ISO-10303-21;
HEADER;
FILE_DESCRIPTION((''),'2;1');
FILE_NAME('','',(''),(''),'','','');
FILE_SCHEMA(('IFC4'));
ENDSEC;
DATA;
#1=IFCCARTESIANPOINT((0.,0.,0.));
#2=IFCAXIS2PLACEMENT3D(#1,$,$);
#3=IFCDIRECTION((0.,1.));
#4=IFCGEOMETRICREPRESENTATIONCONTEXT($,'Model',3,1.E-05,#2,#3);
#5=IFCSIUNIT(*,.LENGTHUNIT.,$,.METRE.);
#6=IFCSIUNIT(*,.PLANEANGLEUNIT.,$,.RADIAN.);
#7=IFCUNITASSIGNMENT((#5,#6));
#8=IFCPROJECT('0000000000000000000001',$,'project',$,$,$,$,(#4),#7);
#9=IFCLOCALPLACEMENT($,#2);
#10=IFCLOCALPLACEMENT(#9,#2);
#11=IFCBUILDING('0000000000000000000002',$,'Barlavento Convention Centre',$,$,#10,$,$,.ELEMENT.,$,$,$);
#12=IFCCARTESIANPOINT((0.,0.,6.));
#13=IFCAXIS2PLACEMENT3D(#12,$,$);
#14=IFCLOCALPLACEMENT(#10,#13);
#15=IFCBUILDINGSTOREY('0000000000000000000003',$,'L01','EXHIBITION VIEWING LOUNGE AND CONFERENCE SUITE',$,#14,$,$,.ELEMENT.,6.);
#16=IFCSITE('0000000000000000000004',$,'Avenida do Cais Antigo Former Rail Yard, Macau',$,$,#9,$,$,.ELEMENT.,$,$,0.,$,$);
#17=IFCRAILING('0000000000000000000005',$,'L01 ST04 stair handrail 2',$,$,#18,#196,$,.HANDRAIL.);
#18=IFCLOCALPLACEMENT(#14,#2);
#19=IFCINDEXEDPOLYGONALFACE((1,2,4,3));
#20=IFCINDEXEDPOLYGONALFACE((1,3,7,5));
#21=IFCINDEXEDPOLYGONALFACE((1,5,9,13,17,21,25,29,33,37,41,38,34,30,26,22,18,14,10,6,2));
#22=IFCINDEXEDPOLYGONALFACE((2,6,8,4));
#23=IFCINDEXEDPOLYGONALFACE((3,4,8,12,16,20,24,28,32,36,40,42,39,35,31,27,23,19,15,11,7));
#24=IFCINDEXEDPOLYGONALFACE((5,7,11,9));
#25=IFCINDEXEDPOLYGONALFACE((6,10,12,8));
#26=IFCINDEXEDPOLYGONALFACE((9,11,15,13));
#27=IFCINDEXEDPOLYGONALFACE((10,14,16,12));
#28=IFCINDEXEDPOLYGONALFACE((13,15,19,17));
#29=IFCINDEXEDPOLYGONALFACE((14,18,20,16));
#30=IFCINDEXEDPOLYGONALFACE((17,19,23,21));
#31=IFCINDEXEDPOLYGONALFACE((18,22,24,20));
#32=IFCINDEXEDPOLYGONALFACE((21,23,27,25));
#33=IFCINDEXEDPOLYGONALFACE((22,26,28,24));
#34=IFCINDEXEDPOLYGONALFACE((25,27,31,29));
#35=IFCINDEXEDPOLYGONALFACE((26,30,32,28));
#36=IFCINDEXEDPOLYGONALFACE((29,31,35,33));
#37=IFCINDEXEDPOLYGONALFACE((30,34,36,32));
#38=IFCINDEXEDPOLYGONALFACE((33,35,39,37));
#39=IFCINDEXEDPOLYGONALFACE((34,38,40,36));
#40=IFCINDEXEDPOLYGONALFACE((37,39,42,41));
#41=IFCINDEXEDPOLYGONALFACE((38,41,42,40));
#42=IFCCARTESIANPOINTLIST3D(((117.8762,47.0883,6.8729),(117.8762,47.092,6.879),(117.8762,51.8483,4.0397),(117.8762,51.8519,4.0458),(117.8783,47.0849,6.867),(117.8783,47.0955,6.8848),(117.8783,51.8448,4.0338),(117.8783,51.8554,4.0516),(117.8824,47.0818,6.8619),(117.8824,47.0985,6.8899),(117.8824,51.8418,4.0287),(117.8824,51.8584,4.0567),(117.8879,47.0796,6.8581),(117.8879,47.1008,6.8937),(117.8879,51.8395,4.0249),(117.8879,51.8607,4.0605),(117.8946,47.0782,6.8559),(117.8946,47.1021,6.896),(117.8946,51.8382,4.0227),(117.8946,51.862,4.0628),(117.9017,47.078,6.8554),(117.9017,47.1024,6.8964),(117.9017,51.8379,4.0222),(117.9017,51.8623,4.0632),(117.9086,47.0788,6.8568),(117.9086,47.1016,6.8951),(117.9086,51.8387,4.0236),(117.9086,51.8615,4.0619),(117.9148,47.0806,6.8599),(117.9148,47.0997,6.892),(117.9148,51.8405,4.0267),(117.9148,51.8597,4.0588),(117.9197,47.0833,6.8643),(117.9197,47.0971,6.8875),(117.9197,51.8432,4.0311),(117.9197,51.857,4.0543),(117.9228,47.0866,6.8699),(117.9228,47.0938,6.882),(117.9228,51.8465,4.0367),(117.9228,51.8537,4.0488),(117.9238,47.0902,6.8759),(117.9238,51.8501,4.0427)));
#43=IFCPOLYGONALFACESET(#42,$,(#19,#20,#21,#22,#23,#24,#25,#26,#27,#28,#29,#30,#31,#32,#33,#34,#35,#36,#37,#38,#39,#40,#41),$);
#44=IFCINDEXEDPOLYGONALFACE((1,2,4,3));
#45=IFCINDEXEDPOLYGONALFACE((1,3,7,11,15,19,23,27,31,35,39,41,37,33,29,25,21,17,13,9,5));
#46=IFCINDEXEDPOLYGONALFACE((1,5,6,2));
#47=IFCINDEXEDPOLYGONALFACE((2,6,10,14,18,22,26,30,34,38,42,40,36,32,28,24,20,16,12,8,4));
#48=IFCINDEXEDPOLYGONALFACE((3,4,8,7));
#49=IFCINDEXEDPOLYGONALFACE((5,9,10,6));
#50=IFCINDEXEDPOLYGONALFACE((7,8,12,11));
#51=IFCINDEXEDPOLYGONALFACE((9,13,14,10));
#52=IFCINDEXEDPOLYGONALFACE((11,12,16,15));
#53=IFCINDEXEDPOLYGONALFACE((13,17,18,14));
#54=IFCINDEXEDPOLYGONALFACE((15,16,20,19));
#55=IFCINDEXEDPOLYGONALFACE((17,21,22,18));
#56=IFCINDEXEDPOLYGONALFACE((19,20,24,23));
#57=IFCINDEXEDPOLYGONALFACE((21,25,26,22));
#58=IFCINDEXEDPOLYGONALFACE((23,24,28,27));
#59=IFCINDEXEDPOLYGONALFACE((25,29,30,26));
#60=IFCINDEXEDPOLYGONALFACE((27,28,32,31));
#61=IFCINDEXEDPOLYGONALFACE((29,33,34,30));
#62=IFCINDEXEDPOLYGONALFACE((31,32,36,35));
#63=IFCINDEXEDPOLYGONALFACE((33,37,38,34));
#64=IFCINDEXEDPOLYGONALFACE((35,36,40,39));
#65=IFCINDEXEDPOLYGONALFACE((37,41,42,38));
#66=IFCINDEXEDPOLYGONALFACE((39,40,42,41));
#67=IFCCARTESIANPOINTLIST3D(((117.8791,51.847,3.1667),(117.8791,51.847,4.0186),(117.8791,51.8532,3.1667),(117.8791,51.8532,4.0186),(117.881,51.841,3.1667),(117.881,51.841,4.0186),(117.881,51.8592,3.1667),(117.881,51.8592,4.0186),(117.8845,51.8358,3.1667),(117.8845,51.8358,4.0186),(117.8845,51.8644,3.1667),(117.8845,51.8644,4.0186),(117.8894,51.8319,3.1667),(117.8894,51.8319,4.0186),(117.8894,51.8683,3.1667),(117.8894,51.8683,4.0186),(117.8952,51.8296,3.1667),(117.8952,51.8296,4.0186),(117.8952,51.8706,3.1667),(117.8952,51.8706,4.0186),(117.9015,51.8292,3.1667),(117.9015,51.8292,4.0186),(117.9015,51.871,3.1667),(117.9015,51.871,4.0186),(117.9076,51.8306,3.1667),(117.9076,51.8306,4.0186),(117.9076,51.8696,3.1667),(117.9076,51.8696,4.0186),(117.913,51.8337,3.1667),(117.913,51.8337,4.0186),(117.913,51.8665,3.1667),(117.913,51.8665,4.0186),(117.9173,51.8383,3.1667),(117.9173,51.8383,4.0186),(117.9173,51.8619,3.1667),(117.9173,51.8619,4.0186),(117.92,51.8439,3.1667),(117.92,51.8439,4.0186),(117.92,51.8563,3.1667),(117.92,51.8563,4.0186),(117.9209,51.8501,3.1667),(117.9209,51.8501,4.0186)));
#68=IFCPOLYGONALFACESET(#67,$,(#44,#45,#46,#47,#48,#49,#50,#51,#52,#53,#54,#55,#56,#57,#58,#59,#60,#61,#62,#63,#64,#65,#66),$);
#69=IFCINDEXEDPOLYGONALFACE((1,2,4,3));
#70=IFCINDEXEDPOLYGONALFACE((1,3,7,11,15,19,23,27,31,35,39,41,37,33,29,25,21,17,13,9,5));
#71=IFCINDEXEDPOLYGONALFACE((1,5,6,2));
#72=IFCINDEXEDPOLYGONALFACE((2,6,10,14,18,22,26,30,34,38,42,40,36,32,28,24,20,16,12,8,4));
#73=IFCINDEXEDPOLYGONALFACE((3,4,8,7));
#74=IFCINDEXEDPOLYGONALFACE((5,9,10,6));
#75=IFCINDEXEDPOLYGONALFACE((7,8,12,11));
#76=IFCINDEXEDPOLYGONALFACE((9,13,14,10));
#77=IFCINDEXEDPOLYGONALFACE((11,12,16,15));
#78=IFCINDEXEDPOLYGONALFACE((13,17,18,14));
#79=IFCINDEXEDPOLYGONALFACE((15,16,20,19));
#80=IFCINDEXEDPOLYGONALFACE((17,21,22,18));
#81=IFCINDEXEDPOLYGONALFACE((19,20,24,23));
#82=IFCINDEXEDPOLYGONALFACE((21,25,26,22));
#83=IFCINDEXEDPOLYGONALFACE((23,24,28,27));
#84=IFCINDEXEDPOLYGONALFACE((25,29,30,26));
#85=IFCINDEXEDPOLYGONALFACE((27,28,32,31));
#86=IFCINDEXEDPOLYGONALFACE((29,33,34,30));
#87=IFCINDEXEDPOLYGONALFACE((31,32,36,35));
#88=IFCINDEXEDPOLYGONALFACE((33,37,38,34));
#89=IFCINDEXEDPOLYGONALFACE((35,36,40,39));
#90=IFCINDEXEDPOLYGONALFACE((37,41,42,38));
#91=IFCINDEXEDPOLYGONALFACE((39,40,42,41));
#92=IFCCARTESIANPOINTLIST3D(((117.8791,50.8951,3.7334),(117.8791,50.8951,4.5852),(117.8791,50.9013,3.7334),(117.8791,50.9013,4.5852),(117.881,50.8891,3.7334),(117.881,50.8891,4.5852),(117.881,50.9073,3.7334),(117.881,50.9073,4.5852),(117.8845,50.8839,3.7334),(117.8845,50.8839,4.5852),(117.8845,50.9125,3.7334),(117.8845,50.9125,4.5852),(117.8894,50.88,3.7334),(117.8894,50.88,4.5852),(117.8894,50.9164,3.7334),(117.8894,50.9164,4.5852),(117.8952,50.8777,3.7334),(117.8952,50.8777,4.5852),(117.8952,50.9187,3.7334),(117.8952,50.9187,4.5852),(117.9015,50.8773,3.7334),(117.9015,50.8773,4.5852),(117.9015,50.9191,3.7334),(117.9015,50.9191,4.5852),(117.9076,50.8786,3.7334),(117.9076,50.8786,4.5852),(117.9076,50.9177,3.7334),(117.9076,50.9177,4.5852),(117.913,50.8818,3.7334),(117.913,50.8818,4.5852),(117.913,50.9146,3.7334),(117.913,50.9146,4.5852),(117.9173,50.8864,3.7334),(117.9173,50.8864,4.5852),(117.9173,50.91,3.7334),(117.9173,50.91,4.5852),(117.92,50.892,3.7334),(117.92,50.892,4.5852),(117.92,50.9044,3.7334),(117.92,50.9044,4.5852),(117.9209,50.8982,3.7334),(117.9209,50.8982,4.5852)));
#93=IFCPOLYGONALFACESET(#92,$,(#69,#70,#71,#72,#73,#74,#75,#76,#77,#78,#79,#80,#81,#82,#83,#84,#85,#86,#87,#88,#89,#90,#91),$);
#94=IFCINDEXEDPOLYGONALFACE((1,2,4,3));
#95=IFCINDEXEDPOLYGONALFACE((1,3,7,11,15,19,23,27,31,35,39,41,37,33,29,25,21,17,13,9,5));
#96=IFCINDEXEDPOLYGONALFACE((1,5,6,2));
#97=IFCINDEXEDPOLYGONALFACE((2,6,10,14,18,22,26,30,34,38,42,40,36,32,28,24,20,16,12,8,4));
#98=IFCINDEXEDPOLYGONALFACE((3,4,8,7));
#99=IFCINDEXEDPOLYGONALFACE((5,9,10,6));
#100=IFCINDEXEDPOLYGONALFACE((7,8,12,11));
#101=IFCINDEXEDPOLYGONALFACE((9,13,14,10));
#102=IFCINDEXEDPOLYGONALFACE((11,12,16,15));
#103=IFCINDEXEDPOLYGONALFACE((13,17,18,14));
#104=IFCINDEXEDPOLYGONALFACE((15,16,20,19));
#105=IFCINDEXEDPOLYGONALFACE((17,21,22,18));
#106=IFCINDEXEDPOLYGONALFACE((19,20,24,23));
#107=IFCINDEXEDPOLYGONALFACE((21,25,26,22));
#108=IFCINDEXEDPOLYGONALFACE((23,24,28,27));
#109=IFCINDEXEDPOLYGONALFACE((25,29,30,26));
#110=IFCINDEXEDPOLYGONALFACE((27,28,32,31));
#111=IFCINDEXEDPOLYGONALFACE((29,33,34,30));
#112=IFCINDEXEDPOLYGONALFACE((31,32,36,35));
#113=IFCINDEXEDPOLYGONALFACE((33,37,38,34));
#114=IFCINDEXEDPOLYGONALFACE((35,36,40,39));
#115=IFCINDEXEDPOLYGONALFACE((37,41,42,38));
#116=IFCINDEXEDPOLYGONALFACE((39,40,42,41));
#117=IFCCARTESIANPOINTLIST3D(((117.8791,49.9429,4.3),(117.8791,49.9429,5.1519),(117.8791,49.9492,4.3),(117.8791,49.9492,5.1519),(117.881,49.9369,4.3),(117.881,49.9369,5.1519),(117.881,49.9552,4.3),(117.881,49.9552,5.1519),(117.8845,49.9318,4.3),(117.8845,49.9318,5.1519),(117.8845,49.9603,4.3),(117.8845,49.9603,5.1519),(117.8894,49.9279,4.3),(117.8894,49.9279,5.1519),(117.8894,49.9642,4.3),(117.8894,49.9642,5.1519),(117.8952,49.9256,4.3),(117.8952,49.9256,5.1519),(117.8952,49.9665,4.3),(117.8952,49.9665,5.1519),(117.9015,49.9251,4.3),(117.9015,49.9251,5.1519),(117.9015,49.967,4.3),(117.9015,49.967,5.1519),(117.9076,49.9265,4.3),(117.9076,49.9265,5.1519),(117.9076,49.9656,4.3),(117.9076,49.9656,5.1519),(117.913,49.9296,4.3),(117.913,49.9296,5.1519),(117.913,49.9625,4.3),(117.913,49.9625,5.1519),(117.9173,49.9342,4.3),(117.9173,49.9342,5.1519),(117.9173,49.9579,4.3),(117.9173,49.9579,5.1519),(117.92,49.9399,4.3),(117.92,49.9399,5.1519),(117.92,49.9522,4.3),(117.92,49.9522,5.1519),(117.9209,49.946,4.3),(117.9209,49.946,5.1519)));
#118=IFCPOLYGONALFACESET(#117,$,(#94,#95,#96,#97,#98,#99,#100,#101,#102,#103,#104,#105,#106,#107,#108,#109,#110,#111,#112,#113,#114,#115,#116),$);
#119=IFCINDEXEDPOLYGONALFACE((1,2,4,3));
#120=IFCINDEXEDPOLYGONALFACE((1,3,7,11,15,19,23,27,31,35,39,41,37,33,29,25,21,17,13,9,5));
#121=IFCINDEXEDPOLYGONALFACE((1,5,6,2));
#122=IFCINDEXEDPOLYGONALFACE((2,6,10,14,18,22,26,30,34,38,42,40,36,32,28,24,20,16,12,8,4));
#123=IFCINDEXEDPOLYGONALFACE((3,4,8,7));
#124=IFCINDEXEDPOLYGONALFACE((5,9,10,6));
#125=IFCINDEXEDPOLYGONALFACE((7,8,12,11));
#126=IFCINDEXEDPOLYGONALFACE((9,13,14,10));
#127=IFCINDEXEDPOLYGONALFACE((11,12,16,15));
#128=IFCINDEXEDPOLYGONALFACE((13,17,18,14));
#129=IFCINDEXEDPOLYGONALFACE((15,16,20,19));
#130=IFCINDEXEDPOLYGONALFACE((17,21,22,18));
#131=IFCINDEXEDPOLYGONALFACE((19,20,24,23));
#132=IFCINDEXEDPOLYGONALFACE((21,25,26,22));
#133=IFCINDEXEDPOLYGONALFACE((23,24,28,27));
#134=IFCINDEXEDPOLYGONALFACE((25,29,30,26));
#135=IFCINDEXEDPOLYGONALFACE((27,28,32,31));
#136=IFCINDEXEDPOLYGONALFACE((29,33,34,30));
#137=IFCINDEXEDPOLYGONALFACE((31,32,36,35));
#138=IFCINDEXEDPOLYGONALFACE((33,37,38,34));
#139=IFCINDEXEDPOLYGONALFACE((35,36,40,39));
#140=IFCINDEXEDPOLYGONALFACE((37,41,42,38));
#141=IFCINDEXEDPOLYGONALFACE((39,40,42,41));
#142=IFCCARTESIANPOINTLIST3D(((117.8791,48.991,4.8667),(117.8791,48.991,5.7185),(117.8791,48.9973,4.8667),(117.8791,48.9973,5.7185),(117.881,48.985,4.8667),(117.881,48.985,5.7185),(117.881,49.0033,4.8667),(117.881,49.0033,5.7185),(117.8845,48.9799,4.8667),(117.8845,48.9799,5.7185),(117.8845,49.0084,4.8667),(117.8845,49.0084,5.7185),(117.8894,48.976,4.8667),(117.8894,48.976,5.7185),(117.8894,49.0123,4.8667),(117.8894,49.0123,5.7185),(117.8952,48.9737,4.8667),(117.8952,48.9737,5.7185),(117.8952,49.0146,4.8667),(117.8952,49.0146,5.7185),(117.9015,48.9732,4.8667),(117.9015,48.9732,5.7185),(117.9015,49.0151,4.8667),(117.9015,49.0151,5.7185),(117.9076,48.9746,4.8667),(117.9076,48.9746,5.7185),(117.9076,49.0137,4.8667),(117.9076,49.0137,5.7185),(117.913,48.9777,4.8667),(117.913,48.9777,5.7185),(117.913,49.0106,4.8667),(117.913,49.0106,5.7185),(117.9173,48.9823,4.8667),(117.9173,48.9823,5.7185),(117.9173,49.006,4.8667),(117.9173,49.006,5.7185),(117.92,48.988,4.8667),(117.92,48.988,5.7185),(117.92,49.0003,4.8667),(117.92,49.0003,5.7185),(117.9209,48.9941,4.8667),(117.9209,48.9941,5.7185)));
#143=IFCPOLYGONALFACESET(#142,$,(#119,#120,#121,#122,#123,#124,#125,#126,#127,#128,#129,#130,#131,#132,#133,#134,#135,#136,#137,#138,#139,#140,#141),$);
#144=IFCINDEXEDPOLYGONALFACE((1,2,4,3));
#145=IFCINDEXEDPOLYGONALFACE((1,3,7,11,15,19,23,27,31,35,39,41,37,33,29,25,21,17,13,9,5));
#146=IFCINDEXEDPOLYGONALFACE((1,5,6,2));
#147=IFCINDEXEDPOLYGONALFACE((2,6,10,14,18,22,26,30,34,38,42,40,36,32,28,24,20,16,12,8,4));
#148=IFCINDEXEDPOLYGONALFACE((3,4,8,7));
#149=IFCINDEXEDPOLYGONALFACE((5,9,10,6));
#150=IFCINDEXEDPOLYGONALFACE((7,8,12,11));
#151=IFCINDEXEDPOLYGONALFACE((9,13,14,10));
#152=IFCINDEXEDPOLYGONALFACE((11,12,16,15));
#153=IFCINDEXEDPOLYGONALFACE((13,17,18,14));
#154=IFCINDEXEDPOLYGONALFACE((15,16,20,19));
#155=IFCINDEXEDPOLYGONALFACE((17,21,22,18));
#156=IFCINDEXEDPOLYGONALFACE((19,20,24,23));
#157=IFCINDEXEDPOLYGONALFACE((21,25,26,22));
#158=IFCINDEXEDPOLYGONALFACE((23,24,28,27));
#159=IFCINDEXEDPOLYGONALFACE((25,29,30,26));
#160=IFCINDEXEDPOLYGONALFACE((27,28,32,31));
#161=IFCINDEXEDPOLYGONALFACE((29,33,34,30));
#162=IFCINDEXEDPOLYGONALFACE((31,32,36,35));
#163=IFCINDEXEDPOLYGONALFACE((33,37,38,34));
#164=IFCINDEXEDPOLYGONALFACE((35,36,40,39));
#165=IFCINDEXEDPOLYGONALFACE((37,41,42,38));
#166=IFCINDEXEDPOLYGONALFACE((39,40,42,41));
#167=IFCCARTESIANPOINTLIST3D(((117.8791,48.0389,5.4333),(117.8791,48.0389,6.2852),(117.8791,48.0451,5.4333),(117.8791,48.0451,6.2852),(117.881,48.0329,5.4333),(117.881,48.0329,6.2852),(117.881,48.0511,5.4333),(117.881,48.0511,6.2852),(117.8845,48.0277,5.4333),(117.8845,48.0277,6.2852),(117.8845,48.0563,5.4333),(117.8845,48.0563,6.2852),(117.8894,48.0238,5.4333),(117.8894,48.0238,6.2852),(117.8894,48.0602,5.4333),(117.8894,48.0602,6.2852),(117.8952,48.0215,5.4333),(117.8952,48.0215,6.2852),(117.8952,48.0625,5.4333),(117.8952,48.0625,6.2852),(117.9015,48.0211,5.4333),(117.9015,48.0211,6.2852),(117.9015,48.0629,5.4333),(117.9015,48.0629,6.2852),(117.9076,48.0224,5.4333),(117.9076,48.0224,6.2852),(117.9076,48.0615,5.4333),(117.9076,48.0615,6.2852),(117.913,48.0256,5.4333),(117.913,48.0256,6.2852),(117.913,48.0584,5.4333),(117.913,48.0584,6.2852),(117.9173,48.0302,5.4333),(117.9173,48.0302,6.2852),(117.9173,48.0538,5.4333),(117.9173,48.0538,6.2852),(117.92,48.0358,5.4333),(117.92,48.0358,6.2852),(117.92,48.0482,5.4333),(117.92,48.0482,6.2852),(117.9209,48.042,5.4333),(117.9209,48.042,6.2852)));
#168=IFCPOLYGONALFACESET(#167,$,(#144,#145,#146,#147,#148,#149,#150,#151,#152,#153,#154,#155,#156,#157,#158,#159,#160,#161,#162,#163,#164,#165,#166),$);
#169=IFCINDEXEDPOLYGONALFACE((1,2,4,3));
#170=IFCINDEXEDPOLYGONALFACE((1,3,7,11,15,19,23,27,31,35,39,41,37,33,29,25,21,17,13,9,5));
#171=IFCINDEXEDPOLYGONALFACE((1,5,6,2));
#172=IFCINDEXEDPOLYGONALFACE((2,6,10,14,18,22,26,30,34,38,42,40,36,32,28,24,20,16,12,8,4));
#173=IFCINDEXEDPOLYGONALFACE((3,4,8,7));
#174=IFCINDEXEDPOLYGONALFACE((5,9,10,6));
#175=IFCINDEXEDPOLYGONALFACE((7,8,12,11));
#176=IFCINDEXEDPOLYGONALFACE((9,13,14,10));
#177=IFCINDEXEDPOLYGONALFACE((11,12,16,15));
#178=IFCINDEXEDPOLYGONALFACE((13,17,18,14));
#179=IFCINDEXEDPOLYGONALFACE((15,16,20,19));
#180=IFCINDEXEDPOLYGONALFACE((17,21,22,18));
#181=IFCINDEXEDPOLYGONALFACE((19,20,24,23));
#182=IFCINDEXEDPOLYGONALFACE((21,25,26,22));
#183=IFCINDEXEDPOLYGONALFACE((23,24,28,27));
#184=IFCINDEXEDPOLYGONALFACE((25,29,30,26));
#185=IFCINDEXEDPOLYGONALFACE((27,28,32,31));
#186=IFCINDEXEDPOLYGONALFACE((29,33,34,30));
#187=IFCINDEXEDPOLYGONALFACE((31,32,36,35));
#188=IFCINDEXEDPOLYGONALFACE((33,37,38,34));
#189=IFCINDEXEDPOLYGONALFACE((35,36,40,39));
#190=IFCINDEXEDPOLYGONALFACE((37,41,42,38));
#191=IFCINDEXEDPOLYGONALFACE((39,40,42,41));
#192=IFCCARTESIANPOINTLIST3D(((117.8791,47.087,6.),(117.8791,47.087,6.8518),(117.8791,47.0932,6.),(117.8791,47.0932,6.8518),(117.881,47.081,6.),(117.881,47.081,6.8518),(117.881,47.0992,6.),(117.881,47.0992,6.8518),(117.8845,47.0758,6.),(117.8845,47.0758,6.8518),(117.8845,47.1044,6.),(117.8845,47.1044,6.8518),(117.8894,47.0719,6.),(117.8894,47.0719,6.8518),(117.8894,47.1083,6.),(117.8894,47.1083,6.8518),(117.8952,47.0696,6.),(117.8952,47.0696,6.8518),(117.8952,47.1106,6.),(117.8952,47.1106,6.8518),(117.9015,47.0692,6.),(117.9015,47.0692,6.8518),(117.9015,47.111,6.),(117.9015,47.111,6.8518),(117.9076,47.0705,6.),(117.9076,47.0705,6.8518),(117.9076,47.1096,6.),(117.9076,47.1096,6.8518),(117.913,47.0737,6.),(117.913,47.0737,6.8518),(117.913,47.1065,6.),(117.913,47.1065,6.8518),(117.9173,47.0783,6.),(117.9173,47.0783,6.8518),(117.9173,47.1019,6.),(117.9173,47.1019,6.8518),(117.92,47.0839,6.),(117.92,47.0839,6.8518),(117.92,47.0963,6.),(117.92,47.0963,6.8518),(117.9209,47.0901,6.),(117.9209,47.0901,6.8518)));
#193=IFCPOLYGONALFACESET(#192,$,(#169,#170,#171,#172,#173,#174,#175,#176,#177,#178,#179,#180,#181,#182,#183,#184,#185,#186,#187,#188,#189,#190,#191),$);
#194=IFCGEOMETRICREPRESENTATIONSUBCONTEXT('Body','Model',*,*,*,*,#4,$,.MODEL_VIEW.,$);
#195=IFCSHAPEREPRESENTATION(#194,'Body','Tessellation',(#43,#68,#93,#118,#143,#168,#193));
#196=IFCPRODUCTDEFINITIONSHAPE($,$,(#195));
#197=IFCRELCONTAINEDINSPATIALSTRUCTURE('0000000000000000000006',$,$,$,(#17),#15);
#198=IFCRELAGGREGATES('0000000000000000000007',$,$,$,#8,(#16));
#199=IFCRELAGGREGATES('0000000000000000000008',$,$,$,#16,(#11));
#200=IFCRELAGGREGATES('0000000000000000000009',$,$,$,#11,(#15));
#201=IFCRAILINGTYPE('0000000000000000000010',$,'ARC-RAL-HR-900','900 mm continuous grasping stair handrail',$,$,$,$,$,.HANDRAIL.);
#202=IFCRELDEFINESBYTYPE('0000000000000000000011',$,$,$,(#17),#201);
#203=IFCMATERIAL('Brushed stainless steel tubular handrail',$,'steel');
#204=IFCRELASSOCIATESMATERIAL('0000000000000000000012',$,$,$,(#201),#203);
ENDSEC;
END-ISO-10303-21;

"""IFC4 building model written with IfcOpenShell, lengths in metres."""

from ifc_helpers import new_model, si_unit, direction, frame, origin, origin_2d, place, context, subcontext, project, spatial, circle, extrude, material, type_object, element, save


model = new_model("IFC4")

# Units and contexts
model_context = context("Model", 3, precision=1e-05, world=origin(), true_north=direction((0.0, 1.0)))
body_context = subcontext(model_context, "Body", "Model", "MODEL_VIEW")
ifc_project = project(units=[si_unit("LENGTHUNIT", "METRE"), si_unit("PLANEANGLEUNIT", "RADIAN")], contexts=[model_context])

# Site, building, storey
site_placement = place(None, origin())
site = spatial("IfcSite", under=ifc_project, at=site_placement, Name="Avenida do Cais Antigo Former Rail Yard, Macau", CompositionType="ELEMENT", RefElevation=0.0)
building_placement = place(site_placement, origin())
building = spatial("IfcBuilding", under=site, at=building_placement, Name="Barlavento Convention Centre", CompositionType="ELEMENT")
storey_placement = place(building_placement, frame((0.0, 0.0, 6.0)))
storey = spatial("IfcBuildingStorey", under=building, at=storey_placement, Name="L01", Description="EXHIBITION VIEWING LOUNGE AND CONFERENCE SUITE", CompositionType="ELEMENT", Elevation=6.0)

# Railing
ifc_material_1 = material(Name="Brushed stainless steel tubular handrail", Category="steel")
railing_type_1 = type_object("IfcRailingType", Name="ARC-RAL-HR-900", Description="900 mm continuous grasping stair handrail", PredefinedType="HANDRAIL", material=ifc_material_1)
railing_1_placement = place(storey_placement, frame((117.8999, 51.8501, 3.1667)))
element("IfcRailing", 1, at=railing_1_placement, inside=storey, type_object=railing_type_1, Name="L01 ST04 stair handrail 2", PredefinedType="HANDRAIL", context=body_context, shape_type="SweptSolid", body=[
    extrude(circle(Radius=0.0239, at=origin_2d()), frame((0.0, 0.0, 0.876), z_axis=(0.0, -0.8593, 0.511472), x_axis=(1.0, 0.0, 0.0)), (0.0, 0.0, 1.0), 5.5393),
    extrude(circle(Radius=0.021, at=origin_2d()), origin(), (0.0, 0.0, 1.0), 0.8518),
    extrude(circle(Radius=0.021, at=origin_2d()), frame((0.0, -0.9519, 0.5667)), (0.0, 0.0, 1.0), 0.8518),
    extrude(circle(Radius=0.021, at=origin_2d()), frame((0.0, -1.9041, 1.1333)), (0.0, 0.0, 1.0), 0.8518),
    extrude(circle(Radius=0.021, at=origin_2d()), frame((0.0, -2.856, 1.7)), (0.0, 0.0, 1.0), 0.8518),
    extrude(circle(Radius=0.021, at=origin_2d()), frame((0.0, -3.8081, 2.2666)), (0.0, 0.0, 1.0), 0.8518),
    extrude(circle(Radius=0.021, at=origin_2d()), frame((0.0, -4.76, 2.8333)), (0.0, 0.0, 1.0), 0.8518),
])

save(model, "model.ifc")
